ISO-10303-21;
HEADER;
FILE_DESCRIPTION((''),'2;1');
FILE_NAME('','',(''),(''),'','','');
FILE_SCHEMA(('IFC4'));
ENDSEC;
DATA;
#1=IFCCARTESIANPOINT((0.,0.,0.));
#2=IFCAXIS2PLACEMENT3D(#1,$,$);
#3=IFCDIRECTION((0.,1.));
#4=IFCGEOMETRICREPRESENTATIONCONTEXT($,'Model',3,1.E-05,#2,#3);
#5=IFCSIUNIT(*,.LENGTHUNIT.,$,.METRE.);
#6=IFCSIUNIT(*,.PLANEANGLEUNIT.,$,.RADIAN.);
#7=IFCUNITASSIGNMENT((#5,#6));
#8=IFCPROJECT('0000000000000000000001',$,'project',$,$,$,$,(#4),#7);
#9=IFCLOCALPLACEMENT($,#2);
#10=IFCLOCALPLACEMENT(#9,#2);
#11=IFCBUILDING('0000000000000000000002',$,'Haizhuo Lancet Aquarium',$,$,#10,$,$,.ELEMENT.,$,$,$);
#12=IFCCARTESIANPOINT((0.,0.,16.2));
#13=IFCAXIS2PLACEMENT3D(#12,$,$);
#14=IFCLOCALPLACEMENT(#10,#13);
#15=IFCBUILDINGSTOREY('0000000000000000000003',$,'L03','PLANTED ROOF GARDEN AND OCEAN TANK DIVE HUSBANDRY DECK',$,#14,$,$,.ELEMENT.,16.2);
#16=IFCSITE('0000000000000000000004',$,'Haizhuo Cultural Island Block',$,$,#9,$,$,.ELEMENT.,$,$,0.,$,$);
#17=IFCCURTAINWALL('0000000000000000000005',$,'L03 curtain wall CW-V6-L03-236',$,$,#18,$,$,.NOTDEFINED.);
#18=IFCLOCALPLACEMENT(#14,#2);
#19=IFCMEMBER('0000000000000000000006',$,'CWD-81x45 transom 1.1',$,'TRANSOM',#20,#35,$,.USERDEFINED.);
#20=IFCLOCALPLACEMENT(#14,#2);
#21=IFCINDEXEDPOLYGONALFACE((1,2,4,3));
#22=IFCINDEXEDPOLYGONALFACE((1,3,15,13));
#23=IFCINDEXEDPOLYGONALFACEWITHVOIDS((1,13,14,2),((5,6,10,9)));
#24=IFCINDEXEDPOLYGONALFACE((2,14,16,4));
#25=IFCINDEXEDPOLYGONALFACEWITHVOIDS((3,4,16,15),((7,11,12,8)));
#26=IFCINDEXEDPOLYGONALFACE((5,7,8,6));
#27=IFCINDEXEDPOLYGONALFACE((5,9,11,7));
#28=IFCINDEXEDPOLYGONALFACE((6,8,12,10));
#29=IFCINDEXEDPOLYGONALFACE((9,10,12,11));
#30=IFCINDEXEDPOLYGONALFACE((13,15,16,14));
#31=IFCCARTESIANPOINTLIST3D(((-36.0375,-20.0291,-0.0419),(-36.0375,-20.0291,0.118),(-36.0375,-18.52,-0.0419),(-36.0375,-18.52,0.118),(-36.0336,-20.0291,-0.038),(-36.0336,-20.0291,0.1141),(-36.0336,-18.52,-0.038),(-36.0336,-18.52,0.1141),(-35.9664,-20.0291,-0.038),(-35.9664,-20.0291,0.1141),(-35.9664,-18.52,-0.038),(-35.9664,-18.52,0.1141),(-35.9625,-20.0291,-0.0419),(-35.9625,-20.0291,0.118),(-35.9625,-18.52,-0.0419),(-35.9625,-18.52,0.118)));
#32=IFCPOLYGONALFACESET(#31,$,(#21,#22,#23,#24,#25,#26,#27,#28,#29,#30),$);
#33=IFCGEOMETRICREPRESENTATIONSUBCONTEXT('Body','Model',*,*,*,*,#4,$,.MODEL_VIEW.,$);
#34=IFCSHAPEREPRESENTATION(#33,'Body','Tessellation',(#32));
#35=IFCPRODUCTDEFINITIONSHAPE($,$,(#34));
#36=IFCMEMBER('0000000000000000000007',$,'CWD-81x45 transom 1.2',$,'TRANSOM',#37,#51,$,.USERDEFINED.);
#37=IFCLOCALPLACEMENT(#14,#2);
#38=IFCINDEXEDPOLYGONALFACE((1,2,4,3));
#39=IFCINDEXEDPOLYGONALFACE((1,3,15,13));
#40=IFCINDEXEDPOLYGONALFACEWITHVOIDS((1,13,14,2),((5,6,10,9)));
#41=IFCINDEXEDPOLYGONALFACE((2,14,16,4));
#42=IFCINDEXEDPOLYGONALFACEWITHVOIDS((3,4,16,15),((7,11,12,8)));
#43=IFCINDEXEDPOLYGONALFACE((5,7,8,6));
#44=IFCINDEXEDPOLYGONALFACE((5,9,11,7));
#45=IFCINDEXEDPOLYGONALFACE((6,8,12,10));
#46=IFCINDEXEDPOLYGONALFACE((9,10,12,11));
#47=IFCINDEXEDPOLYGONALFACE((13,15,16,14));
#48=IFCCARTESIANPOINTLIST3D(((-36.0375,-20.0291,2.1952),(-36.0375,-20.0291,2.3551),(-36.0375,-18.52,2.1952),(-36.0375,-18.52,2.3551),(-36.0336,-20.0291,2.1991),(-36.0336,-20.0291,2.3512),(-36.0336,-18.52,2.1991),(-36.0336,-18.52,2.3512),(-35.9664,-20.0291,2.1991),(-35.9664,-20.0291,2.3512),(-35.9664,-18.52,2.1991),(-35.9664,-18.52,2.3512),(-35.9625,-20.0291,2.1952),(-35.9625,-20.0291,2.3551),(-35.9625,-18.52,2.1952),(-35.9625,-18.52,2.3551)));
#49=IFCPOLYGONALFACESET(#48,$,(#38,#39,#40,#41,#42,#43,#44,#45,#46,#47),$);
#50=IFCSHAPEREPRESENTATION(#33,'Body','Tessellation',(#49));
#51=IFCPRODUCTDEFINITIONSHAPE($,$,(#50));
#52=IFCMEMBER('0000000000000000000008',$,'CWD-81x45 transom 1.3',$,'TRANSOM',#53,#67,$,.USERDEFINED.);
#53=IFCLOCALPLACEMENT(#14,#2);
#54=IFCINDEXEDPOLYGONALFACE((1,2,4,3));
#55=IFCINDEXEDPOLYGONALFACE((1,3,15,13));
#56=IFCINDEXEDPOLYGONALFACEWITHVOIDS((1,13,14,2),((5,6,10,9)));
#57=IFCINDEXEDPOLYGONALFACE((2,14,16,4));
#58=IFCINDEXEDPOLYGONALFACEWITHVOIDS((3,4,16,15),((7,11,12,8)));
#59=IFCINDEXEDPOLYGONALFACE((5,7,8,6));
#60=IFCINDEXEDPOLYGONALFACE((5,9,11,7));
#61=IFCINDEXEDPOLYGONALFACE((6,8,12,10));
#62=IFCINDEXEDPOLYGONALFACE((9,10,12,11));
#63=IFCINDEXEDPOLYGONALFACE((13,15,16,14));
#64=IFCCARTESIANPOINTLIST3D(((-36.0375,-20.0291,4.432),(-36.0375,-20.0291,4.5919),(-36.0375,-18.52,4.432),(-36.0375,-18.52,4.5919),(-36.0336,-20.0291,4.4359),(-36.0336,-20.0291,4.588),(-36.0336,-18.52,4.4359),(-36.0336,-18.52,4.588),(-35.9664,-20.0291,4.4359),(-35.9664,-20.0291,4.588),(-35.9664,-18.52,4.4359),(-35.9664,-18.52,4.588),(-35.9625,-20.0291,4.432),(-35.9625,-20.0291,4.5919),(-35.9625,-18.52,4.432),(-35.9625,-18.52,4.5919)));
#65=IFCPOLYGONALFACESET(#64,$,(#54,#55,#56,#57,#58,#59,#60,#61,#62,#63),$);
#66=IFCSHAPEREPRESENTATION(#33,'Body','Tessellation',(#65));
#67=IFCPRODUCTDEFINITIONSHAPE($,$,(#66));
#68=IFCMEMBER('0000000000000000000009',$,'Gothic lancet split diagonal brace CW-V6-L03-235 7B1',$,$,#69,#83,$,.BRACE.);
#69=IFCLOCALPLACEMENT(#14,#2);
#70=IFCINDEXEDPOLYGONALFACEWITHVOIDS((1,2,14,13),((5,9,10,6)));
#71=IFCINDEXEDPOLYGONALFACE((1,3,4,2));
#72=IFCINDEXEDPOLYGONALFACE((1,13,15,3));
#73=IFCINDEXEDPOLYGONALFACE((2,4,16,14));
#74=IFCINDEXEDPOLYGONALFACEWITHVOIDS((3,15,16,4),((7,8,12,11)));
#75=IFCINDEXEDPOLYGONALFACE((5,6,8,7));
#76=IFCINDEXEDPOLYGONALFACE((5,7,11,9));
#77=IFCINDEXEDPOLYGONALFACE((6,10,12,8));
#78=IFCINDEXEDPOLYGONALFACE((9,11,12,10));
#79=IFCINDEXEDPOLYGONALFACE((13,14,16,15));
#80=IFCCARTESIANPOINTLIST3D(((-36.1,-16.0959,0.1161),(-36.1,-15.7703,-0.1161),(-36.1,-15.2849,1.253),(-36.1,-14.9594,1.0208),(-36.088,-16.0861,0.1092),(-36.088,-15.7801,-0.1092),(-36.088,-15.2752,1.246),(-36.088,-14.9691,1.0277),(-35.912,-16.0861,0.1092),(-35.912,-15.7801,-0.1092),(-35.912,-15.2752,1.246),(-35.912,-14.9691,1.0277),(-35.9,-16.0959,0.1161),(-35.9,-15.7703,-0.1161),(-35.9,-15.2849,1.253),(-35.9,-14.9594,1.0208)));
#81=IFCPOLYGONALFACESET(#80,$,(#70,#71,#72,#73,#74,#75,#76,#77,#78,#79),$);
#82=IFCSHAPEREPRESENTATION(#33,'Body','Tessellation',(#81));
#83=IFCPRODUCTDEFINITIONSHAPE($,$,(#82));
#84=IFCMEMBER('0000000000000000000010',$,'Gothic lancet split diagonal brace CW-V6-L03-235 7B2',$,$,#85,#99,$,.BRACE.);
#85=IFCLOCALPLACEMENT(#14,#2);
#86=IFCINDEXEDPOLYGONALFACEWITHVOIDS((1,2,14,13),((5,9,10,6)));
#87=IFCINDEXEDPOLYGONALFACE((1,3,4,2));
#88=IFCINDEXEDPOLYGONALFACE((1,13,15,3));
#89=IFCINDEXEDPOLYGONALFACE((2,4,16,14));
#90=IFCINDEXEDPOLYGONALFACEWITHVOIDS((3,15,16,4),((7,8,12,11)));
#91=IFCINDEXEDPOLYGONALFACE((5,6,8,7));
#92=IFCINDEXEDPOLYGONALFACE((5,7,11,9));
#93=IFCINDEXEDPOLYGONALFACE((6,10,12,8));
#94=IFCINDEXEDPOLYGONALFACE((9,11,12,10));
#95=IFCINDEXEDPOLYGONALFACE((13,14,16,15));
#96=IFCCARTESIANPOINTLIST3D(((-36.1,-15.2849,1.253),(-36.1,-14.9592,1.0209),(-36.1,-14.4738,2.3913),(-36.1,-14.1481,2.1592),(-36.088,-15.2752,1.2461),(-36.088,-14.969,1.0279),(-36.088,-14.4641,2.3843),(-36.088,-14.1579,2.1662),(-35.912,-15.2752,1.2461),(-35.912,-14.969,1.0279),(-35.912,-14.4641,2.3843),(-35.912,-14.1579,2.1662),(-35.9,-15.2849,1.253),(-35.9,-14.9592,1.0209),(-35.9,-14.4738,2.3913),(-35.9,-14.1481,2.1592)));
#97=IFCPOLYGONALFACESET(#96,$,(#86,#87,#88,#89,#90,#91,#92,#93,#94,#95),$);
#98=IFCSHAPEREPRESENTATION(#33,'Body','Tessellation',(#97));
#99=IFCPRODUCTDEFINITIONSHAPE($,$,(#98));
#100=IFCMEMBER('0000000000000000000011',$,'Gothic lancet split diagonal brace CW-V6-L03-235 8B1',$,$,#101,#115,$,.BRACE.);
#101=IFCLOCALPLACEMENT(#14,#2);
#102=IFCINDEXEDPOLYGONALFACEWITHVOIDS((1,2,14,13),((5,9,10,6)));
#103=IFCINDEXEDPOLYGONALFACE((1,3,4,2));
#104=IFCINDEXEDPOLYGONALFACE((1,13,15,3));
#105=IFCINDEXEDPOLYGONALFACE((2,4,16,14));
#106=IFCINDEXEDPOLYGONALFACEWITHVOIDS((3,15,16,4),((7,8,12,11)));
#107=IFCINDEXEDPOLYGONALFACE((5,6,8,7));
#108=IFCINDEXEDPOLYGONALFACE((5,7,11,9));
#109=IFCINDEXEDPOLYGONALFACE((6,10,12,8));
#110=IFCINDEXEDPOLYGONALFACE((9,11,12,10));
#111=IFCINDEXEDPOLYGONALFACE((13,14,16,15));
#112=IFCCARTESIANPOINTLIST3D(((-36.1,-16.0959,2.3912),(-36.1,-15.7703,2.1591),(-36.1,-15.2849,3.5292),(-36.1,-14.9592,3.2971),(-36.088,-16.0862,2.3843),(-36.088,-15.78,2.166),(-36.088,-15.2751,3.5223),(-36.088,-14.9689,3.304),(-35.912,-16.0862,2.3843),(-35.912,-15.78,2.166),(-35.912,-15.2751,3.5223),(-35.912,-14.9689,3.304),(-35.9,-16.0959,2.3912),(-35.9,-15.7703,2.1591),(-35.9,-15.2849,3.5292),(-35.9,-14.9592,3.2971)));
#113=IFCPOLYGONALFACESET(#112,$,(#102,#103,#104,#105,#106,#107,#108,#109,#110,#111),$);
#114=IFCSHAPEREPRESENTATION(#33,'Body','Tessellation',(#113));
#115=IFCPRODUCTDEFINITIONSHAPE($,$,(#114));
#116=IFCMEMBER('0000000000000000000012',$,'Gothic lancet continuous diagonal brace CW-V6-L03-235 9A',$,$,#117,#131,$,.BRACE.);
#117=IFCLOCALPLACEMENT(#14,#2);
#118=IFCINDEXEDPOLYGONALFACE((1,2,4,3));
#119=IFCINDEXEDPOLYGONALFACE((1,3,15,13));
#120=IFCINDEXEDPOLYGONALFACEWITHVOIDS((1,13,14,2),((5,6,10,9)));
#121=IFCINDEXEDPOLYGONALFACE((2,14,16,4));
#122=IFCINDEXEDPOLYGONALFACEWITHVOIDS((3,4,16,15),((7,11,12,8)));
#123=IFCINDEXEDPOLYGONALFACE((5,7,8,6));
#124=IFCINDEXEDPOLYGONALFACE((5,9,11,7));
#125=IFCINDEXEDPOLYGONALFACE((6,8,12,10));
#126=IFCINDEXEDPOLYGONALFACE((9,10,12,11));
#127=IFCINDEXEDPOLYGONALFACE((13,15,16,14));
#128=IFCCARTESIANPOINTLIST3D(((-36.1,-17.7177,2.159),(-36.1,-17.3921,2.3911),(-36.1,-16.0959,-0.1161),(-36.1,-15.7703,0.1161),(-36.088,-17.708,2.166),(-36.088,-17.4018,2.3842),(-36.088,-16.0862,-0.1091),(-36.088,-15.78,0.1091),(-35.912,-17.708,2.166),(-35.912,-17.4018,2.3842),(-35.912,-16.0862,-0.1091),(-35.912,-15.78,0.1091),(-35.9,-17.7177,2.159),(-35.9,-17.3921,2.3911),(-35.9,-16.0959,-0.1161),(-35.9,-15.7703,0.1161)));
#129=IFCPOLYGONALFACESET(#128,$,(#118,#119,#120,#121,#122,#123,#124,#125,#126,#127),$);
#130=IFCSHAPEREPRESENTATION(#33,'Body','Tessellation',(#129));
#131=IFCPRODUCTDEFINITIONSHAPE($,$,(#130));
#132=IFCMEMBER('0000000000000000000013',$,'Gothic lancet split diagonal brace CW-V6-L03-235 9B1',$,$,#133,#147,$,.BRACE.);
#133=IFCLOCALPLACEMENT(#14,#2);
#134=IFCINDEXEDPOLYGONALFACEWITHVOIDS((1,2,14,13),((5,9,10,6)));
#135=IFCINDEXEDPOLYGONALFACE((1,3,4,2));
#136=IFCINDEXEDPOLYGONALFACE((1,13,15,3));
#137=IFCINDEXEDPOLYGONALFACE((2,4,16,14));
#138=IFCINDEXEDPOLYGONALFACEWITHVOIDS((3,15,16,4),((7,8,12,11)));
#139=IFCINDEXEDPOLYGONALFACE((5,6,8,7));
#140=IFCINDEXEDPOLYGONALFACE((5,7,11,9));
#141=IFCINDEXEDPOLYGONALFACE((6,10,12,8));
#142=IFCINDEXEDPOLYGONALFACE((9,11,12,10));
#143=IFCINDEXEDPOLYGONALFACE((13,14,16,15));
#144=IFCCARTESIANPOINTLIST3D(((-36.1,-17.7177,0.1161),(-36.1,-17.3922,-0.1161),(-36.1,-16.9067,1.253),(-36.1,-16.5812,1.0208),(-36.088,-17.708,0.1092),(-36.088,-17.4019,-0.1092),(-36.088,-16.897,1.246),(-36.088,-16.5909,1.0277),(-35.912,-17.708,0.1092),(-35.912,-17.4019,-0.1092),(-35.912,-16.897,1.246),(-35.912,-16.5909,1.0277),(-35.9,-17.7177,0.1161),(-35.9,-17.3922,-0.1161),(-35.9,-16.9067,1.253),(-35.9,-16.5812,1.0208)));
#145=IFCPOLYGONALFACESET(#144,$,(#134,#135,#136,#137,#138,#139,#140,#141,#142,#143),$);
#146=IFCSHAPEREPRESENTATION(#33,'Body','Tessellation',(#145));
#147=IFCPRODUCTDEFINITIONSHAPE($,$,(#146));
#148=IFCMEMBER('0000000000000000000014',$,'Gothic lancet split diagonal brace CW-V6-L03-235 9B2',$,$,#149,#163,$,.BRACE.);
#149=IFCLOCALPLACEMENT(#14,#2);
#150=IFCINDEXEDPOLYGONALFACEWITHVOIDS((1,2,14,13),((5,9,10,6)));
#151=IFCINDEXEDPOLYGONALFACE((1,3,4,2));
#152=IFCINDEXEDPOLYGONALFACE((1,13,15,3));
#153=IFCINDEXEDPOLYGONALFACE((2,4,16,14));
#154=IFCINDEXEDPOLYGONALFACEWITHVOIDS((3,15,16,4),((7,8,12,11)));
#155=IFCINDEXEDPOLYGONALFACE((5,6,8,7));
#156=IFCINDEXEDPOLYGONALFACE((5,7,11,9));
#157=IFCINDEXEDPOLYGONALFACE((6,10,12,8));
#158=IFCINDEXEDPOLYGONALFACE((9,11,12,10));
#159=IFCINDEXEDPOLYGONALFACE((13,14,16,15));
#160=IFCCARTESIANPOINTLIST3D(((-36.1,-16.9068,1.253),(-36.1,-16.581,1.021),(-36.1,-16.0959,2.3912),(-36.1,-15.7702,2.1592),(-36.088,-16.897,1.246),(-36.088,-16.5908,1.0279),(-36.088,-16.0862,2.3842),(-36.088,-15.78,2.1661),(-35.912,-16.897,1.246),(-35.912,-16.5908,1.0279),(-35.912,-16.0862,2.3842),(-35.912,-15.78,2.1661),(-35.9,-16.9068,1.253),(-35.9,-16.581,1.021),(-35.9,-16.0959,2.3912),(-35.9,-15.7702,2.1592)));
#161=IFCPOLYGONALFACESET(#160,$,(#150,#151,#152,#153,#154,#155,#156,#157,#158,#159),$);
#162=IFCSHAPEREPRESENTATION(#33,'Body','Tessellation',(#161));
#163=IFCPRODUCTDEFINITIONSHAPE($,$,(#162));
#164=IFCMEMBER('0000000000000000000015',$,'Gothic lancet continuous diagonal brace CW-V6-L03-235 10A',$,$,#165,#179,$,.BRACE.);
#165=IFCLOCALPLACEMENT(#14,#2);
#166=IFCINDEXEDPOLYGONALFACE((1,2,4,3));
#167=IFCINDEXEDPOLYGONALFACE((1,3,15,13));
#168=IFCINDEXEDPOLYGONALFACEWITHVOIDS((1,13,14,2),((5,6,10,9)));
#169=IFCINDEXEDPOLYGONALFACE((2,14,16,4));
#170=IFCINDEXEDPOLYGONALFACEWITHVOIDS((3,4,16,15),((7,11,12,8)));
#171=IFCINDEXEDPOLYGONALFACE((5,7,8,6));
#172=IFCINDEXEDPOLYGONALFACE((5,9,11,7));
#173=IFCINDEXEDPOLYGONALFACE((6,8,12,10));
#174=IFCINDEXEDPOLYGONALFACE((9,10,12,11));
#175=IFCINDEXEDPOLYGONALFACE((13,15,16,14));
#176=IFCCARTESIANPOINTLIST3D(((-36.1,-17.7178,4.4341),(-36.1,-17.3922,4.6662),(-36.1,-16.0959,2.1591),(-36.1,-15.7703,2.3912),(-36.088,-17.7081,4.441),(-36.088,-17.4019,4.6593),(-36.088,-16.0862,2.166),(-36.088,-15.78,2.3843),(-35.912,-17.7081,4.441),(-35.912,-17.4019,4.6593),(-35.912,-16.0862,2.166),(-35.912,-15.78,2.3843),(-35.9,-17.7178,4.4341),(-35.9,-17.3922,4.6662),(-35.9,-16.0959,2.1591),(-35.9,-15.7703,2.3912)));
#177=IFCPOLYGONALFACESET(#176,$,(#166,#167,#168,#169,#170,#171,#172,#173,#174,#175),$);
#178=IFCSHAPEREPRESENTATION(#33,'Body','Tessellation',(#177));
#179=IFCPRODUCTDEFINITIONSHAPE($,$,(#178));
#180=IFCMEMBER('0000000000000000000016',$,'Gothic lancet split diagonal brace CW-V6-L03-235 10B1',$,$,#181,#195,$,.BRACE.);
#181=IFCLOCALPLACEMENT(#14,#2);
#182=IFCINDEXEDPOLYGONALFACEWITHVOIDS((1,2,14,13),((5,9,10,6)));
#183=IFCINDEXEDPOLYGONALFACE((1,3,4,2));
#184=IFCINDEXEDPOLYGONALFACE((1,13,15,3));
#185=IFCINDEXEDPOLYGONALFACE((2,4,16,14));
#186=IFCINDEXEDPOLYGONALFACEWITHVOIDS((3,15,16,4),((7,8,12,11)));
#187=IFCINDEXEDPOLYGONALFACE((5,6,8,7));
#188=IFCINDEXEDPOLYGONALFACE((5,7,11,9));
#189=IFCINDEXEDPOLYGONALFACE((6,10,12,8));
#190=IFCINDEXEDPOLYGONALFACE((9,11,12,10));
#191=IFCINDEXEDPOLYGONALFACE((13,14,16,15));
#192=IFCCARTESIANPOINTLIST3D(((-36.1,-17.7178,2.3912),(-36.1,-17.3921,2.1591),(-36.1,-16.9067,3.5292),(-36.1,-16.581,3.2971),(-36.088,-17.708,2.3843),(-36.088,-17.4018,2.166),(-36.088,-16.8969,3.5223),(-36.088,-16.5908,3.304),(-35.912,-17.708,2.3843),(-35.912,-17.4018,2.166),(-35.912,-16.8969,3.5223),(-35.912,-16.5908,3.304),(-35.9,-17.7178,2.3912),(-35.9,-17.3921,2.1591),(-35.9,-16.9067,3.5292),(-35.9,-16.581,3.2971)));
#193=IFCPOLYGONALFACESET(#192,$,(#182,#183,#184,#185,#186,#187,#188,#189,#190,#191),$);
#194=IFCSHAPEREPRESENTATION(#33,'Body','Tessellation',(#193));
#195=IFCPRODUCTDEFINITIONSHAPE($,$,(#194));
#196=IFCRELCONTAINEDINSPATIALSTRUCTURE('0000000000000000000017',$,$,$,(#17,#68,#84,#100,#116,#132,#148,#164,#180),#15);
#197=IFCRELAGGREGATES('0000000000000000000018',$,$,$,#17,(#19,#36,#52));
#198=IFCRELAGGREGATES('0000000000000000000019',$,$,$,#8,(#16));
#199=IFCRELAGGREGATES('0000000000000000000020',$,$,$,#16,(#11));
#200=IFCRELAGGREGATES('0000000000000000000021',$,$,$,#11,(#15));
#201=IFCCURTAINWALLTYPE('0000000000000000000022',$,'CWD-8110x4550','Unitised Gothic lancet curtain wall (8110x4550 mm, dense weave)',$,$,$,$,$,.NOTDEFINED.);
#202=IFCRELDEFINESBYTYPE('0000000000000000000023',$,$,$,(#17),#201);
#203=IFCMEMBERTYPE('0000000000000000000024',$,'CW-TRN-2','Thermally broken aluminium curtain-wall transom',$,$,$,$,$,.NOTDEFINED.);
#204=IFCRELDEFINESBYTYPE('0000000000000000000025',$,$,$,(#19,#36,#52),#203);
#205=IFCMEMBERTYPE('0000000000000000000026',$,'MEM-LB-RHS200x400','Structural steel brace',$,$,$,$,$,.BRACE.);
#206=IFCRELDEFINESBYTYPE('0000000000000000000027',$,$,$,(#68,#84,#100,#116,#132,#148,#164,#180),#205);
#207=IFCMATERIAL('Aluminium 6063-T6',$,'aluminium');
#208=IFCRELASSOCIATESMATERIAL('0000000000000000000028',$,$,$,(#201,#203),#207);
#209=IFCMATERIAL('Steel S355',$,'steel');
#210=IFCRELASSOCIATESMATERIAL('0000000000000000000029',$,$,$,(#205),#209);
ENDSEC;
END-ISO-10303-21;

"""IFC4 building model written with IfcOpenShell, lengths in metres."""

from ifc_helpers import new_model, si_unit, direction, frame, origin, origin_2d, place, context, subcontext, project, spatial, hollow_rectangle, extrude, material, material_profile, profile_set, type_object, element, aggregate, save


model = new_model("IFC4")

# Units and contexts
model_context = context("Model", 3, precision=1e-05, world=origin(), true_north=direction((0.0, 1.0)))
body_context = subcontext(model_context, "Body", "Model", "MODEL_VIEW")
ifc_project = project(units=[si_unit("LENGTHUNIT", "METRE"), si_unit("PLANEANGLEUNIT", "RADIAN")], contexts=[model_context])

# Site, building, storey
site_placement = place(None, origin())
site = spatial("IfcSite", under=ifc_project, at=site_placement, Name="Haizhuo Cultural Island Block", CompositionType="ELEMENT", RefElevation=0.0)
building_placement = place(site_placement, origin())
building = spatial("IfcBuilding", under=site, at=building_placement, Name="Haizhuo Lancet Aquarium", CompositionType="ELEMENT")
storey_placement = place(building_placement, frame((0.0, 0.0, 16.2)))
storey = spatial("IfcBuildingStorey", under=building, at=storey_placement, Name="L03", Description="PLANTED ROOF GARDEN AND OCEAN TANK DIVE HUSBANDRY DECK", CompositionType="ELEMENT", Elevation=16.2)

# Shared definitions
ifc_material_1 = material(Name="Steel S355", Category="steel")

# Shared definitions
ifc_material_2 = material(Name="Aluminium 6063-T6", Category="aluminium")
curtain_wall_type = type_object("IfcCurtainWallType", Name="CWD-8110x4550", Description="Unitised Gothic lancet curtain wall (8110x4550 mm, dense weave)", PredefinedType="NOTDEFINED", material=ifc_material_2)

# Curtain wall
curtain_wall_1_placement = place(storey_placement, origin())
curtain_wall_1 = element("IfcCurtainWall", 1, at=curtain_wall_1_placement, inside=storey, type_object=curtain_wall_type, Name="L03 curtain wall CW-V6-L03-236", PredefinedType="NOTDEFINED")

# Members
ifc_material_profile_1 = material_profile(ifc_material_2, hollow_rectangle(XDim=0.075, YDim=0.1599, WallThickness=0.0039, at=origin_2d()), Name="ALU-T 75x160x4")
ifc_profile_set_1 = profile_set([ifc_material_profile_1], Name="Aluminium 6063-T6")
member_type_1 = type_object("IfcMemberType", Name="CW-TRN-2", Description="Thermally broken aluminium curtain-wall transom", PredefinedType="NOTDEFINED", material=ifc_profile_set_1)
member_1_placement = place(storey_placement, frame((-36.0, -18.52, 0.0381), z_axis=(0.0, -1.0, 0.0), x_axis=(1.0, 0.0, 0.0)))
member_1 = element("IfcMember", 2, at=member_1_placement, type_object=member_type_1, Name="CWD-81x45 transom 1.1", ObjectType="TRANSOM", PredefinedType="USERDEFINED", context=body_context, shape_type="SweptSolid", body=[
    extrude(hollow_rectangle(XDim=0.075, YDim=0.1599, WallThickness=0.0039, at=origin_2d()), origin(), (0.0, 0.0, 1.0), 1.509),
])
member_2_placement = place(storey_placement, frame((-36.0, -18.52, 2.2751), z_axis=(0.0, -1.0, 0.0), x_axis=(1.0, 0.0, 0.0)))
member_2 = element("IfcMember", 3, at=member_2_placement, type_object=member_type_1, Name="CWD-81x45 transom 1.2", ObjectType="TRANSOM", PredefinedType="USERDEFINED", context=body_context, shape_type="SweptSolid", body=[
    extrude(hollow_rectangle(XDim=0.075, YDim=0.1599, WallThickness=0.0039, at=origin_2d()), origin(), (0.0, 0.0, 1.0), 1.509),
])
member_3_placement = place(storey_placement, frame((-36.0, -18.52, 4.512), z_axis=(0.0, -1.0, 0.0), x_axis=(1.0, 0.0, 0.0)))
member_3 = element("IfcMember", 4, at=member_3_placement, type_object=member_type_1, Name="CWD-81x45 transom 1.3", ObjectType="TRANSOM", PredefinedType="USERDEFINED", context=body_context, shape_type="SweptSolid", body=[
    extrude(hollow_rectangle(XDim=0.075, YDim=0.1599, WallThickness=0.0039, at=origin_2d()), origin(), (0.0, 0.0, 1.0), 1.509),
])
aggregate(curtain_wall_1, [member_1, member_2, member_3])

# Members
ifc_material_profile_2 = material_profile(ifc_material_1, hollow_rectangle(XDim=0.2, YDim=0.3999, WallThickness=0.012, at=origin_2d()), Name="RHS 200x400x12")
ifc_profile_set_2 = profile_set([ifc_material_profile_2], Name="Steel S355")
member_type_2 = type_object("IfcMemberType", Name="MEM-LB-RHS200x400", Description="Structural steel brace", PredefinedType="BRACE", material=ifc_profile_set_2)
member_4_placement = place(storey_placement, frame((-36.0, -15.9331, 0.0), z_axis=(0.0, 0.580725, 0.814099), x_axis=(-1.0, 0.0, 0.0)))
element("IfcMember", 5, at=member_4_placement, inside=storey, type_object=member_type_2, Name="Gothic lancet split diagonal brace CW-V6-L03-235 7B1", PredefinedType="BRACE", context=body_context, shape_type="SweptSolid", body=[
    extrude(hollow_rectangle(XDim=0.2, YDim=0.3999, WallThickness=0.012, at=origin_2d()), origin(), (0.0, 0.0, 1.0), 1.3965),
])
member_5_placement = place(storey_placement, frame((-36.0, -15.1221, 1.137), z_axis=(0.0, 0.580312, 0.814394), x_axis=(-1.0, 0.0, 0.0)))
element("IfcMember", 6, at=member_5_placement, inside=storey, type_object=member_type_2, Name="Gothic lancet split diagonal brace CW-V6-L03-235 7B2", PredefinedType="BRACE", context=body_context, shape_type="SweptSolid", body=[
    extrude(hollow_rectangle(XDim=0.2, YDim=0.3999, WallThickness=0.012, at=origin_2d()), origin(), (0.0, 0.0, 1.0), 1.3977),
])
member_6_placement = place(storey_placement, frame((-36.0, -15.9331, 2.2751), z_axis=(0.0, 0.580395, 0.814335), x_axis=(-1.0, 0.0, 0.0)))
element("IfcMember", 7, at=member_6_placement, inside=storey, type_object=member_type_2, Name="Gothic lancet split diagonal brace CW-V6-L03-235 8B1", PredefinedType="BRACE", context=body_context, shape_type="SweptSolid", body=[
    extrude(hollow_rectangle(XDim=0.2, YDim=0.3999, WallThickness=0.012, at=origin_2d()), origin(), (0.0, 0.0, 1.0), 1.3975),
])
member_7_placement = place(storey_placement, frame((-36.0, -15.9331, 0.0), z_axis=(0.0, -0.580461, 0.814288), x_axis=(1.0, 0.0, 0.0)))
element("IfcMember", 8, at=member_7_placement, inside=storey, type_object=member_type_2, Name="Gothic lancet continuous diagonal brace CW-V6-L03-235 9A", PredefinedType="BRACE", context=body_context, shape_type="SweptSolid", body=[
    extrude(hollow_rectangle(XDim=0.2, YDim=0.3999, WallThickness=0.012, at=origin_2d()), origin(), (0.0, 0.0, 1.0), 2.7939),
])
member_8_placement = place(storey_placement, frame((-36.0, -17.5549, 0.0), z_axis=(0.0, 0.580725, 0.814099), x_axis=(-1.0, 0.0, 0.0)))
element("IfcMember", 9, at=member_8_placement, inside=storey, type_object=member_type_2, Name="Gothic lancet split diagonal brace CW-V6-L03-235 9B1", PredefinedType="BRACE", context=body_context, shape_type="SweptSolid", body=[
    extrude(hollow_rectangle(XDim=0.2, YDim=0.3999, WallThickness=0.012, at=origin_2d()), origin(), (0.0, 0.0, 1.0), 1.3965),
])
member_9_placement = place(storey_placement, frame((-36.0, -16.7439, 1.137), z_axis=(0.0, 0.580197, 0.814476), x_axis=(-1.0, 0.0, 0.0)))
element("IfcMember", 10, at=member_9_placement, inside=storey, type_object=member_type_2, Name="Gothic lancet split diagonal brace CW-V6-L03-235 9B2", PredefinedType="BRACE", context=body_context, shape_type="SweptSolid", body=[
    extrude(hollow_rectangle(XDim=0.2, YDim=0.3999, WallThickness=0.012, at=origin_2d()), origin(), (0.0, 0.0, 1.0), 1.3975),
])
member_10_placement = place(storey_placement, frame((-36.0, -15.9331, 2.2751), z_axis=(0.0, -0.580502, 0.814259), x_axis=(1.0, 0.0, 0.0)))
element("IfcMember", 11, at=member_10_placement, inside=storey, type_object=member_type_2, Name="Gothic lancet continuous diagonal brace CW-V6-L03-235 10A", PredefinedType="BRACE", context=body_context, shape_type="SweptSolid", body=[
    extrude(hollow_rectangle(XDim=0.2, YDim=0.3999, WallThickness=0.012, at=origin_2d()), origin(), (0.0, 0.0, 1.0), 2.7939),
])
member_11_placement = place(storey_placement, frame((-36.0, -17.5549, 2.2751), z_axis=(0.0, 0.580395, 0.814335), x_axis=(-1.0, 0.0, 0.0)))
element("IfcMember", 12, at=member_11_placement, inside=storey, type_object=member_type_2, Name="Gothic lancet split diagonal brace CW-V6-L03-235 10B1", PredefinedType="BRACE", context=body_context, shape_type="SweptSolid", body=[
    extrude(hollow_rectangle(XDim=0.2, YDim=0.3999, WallThickness=0.012, at=origin_2d()), origin(), (0.0, 0.0, 1.0), 1.3975),
])

save(model, "model.ifc")
